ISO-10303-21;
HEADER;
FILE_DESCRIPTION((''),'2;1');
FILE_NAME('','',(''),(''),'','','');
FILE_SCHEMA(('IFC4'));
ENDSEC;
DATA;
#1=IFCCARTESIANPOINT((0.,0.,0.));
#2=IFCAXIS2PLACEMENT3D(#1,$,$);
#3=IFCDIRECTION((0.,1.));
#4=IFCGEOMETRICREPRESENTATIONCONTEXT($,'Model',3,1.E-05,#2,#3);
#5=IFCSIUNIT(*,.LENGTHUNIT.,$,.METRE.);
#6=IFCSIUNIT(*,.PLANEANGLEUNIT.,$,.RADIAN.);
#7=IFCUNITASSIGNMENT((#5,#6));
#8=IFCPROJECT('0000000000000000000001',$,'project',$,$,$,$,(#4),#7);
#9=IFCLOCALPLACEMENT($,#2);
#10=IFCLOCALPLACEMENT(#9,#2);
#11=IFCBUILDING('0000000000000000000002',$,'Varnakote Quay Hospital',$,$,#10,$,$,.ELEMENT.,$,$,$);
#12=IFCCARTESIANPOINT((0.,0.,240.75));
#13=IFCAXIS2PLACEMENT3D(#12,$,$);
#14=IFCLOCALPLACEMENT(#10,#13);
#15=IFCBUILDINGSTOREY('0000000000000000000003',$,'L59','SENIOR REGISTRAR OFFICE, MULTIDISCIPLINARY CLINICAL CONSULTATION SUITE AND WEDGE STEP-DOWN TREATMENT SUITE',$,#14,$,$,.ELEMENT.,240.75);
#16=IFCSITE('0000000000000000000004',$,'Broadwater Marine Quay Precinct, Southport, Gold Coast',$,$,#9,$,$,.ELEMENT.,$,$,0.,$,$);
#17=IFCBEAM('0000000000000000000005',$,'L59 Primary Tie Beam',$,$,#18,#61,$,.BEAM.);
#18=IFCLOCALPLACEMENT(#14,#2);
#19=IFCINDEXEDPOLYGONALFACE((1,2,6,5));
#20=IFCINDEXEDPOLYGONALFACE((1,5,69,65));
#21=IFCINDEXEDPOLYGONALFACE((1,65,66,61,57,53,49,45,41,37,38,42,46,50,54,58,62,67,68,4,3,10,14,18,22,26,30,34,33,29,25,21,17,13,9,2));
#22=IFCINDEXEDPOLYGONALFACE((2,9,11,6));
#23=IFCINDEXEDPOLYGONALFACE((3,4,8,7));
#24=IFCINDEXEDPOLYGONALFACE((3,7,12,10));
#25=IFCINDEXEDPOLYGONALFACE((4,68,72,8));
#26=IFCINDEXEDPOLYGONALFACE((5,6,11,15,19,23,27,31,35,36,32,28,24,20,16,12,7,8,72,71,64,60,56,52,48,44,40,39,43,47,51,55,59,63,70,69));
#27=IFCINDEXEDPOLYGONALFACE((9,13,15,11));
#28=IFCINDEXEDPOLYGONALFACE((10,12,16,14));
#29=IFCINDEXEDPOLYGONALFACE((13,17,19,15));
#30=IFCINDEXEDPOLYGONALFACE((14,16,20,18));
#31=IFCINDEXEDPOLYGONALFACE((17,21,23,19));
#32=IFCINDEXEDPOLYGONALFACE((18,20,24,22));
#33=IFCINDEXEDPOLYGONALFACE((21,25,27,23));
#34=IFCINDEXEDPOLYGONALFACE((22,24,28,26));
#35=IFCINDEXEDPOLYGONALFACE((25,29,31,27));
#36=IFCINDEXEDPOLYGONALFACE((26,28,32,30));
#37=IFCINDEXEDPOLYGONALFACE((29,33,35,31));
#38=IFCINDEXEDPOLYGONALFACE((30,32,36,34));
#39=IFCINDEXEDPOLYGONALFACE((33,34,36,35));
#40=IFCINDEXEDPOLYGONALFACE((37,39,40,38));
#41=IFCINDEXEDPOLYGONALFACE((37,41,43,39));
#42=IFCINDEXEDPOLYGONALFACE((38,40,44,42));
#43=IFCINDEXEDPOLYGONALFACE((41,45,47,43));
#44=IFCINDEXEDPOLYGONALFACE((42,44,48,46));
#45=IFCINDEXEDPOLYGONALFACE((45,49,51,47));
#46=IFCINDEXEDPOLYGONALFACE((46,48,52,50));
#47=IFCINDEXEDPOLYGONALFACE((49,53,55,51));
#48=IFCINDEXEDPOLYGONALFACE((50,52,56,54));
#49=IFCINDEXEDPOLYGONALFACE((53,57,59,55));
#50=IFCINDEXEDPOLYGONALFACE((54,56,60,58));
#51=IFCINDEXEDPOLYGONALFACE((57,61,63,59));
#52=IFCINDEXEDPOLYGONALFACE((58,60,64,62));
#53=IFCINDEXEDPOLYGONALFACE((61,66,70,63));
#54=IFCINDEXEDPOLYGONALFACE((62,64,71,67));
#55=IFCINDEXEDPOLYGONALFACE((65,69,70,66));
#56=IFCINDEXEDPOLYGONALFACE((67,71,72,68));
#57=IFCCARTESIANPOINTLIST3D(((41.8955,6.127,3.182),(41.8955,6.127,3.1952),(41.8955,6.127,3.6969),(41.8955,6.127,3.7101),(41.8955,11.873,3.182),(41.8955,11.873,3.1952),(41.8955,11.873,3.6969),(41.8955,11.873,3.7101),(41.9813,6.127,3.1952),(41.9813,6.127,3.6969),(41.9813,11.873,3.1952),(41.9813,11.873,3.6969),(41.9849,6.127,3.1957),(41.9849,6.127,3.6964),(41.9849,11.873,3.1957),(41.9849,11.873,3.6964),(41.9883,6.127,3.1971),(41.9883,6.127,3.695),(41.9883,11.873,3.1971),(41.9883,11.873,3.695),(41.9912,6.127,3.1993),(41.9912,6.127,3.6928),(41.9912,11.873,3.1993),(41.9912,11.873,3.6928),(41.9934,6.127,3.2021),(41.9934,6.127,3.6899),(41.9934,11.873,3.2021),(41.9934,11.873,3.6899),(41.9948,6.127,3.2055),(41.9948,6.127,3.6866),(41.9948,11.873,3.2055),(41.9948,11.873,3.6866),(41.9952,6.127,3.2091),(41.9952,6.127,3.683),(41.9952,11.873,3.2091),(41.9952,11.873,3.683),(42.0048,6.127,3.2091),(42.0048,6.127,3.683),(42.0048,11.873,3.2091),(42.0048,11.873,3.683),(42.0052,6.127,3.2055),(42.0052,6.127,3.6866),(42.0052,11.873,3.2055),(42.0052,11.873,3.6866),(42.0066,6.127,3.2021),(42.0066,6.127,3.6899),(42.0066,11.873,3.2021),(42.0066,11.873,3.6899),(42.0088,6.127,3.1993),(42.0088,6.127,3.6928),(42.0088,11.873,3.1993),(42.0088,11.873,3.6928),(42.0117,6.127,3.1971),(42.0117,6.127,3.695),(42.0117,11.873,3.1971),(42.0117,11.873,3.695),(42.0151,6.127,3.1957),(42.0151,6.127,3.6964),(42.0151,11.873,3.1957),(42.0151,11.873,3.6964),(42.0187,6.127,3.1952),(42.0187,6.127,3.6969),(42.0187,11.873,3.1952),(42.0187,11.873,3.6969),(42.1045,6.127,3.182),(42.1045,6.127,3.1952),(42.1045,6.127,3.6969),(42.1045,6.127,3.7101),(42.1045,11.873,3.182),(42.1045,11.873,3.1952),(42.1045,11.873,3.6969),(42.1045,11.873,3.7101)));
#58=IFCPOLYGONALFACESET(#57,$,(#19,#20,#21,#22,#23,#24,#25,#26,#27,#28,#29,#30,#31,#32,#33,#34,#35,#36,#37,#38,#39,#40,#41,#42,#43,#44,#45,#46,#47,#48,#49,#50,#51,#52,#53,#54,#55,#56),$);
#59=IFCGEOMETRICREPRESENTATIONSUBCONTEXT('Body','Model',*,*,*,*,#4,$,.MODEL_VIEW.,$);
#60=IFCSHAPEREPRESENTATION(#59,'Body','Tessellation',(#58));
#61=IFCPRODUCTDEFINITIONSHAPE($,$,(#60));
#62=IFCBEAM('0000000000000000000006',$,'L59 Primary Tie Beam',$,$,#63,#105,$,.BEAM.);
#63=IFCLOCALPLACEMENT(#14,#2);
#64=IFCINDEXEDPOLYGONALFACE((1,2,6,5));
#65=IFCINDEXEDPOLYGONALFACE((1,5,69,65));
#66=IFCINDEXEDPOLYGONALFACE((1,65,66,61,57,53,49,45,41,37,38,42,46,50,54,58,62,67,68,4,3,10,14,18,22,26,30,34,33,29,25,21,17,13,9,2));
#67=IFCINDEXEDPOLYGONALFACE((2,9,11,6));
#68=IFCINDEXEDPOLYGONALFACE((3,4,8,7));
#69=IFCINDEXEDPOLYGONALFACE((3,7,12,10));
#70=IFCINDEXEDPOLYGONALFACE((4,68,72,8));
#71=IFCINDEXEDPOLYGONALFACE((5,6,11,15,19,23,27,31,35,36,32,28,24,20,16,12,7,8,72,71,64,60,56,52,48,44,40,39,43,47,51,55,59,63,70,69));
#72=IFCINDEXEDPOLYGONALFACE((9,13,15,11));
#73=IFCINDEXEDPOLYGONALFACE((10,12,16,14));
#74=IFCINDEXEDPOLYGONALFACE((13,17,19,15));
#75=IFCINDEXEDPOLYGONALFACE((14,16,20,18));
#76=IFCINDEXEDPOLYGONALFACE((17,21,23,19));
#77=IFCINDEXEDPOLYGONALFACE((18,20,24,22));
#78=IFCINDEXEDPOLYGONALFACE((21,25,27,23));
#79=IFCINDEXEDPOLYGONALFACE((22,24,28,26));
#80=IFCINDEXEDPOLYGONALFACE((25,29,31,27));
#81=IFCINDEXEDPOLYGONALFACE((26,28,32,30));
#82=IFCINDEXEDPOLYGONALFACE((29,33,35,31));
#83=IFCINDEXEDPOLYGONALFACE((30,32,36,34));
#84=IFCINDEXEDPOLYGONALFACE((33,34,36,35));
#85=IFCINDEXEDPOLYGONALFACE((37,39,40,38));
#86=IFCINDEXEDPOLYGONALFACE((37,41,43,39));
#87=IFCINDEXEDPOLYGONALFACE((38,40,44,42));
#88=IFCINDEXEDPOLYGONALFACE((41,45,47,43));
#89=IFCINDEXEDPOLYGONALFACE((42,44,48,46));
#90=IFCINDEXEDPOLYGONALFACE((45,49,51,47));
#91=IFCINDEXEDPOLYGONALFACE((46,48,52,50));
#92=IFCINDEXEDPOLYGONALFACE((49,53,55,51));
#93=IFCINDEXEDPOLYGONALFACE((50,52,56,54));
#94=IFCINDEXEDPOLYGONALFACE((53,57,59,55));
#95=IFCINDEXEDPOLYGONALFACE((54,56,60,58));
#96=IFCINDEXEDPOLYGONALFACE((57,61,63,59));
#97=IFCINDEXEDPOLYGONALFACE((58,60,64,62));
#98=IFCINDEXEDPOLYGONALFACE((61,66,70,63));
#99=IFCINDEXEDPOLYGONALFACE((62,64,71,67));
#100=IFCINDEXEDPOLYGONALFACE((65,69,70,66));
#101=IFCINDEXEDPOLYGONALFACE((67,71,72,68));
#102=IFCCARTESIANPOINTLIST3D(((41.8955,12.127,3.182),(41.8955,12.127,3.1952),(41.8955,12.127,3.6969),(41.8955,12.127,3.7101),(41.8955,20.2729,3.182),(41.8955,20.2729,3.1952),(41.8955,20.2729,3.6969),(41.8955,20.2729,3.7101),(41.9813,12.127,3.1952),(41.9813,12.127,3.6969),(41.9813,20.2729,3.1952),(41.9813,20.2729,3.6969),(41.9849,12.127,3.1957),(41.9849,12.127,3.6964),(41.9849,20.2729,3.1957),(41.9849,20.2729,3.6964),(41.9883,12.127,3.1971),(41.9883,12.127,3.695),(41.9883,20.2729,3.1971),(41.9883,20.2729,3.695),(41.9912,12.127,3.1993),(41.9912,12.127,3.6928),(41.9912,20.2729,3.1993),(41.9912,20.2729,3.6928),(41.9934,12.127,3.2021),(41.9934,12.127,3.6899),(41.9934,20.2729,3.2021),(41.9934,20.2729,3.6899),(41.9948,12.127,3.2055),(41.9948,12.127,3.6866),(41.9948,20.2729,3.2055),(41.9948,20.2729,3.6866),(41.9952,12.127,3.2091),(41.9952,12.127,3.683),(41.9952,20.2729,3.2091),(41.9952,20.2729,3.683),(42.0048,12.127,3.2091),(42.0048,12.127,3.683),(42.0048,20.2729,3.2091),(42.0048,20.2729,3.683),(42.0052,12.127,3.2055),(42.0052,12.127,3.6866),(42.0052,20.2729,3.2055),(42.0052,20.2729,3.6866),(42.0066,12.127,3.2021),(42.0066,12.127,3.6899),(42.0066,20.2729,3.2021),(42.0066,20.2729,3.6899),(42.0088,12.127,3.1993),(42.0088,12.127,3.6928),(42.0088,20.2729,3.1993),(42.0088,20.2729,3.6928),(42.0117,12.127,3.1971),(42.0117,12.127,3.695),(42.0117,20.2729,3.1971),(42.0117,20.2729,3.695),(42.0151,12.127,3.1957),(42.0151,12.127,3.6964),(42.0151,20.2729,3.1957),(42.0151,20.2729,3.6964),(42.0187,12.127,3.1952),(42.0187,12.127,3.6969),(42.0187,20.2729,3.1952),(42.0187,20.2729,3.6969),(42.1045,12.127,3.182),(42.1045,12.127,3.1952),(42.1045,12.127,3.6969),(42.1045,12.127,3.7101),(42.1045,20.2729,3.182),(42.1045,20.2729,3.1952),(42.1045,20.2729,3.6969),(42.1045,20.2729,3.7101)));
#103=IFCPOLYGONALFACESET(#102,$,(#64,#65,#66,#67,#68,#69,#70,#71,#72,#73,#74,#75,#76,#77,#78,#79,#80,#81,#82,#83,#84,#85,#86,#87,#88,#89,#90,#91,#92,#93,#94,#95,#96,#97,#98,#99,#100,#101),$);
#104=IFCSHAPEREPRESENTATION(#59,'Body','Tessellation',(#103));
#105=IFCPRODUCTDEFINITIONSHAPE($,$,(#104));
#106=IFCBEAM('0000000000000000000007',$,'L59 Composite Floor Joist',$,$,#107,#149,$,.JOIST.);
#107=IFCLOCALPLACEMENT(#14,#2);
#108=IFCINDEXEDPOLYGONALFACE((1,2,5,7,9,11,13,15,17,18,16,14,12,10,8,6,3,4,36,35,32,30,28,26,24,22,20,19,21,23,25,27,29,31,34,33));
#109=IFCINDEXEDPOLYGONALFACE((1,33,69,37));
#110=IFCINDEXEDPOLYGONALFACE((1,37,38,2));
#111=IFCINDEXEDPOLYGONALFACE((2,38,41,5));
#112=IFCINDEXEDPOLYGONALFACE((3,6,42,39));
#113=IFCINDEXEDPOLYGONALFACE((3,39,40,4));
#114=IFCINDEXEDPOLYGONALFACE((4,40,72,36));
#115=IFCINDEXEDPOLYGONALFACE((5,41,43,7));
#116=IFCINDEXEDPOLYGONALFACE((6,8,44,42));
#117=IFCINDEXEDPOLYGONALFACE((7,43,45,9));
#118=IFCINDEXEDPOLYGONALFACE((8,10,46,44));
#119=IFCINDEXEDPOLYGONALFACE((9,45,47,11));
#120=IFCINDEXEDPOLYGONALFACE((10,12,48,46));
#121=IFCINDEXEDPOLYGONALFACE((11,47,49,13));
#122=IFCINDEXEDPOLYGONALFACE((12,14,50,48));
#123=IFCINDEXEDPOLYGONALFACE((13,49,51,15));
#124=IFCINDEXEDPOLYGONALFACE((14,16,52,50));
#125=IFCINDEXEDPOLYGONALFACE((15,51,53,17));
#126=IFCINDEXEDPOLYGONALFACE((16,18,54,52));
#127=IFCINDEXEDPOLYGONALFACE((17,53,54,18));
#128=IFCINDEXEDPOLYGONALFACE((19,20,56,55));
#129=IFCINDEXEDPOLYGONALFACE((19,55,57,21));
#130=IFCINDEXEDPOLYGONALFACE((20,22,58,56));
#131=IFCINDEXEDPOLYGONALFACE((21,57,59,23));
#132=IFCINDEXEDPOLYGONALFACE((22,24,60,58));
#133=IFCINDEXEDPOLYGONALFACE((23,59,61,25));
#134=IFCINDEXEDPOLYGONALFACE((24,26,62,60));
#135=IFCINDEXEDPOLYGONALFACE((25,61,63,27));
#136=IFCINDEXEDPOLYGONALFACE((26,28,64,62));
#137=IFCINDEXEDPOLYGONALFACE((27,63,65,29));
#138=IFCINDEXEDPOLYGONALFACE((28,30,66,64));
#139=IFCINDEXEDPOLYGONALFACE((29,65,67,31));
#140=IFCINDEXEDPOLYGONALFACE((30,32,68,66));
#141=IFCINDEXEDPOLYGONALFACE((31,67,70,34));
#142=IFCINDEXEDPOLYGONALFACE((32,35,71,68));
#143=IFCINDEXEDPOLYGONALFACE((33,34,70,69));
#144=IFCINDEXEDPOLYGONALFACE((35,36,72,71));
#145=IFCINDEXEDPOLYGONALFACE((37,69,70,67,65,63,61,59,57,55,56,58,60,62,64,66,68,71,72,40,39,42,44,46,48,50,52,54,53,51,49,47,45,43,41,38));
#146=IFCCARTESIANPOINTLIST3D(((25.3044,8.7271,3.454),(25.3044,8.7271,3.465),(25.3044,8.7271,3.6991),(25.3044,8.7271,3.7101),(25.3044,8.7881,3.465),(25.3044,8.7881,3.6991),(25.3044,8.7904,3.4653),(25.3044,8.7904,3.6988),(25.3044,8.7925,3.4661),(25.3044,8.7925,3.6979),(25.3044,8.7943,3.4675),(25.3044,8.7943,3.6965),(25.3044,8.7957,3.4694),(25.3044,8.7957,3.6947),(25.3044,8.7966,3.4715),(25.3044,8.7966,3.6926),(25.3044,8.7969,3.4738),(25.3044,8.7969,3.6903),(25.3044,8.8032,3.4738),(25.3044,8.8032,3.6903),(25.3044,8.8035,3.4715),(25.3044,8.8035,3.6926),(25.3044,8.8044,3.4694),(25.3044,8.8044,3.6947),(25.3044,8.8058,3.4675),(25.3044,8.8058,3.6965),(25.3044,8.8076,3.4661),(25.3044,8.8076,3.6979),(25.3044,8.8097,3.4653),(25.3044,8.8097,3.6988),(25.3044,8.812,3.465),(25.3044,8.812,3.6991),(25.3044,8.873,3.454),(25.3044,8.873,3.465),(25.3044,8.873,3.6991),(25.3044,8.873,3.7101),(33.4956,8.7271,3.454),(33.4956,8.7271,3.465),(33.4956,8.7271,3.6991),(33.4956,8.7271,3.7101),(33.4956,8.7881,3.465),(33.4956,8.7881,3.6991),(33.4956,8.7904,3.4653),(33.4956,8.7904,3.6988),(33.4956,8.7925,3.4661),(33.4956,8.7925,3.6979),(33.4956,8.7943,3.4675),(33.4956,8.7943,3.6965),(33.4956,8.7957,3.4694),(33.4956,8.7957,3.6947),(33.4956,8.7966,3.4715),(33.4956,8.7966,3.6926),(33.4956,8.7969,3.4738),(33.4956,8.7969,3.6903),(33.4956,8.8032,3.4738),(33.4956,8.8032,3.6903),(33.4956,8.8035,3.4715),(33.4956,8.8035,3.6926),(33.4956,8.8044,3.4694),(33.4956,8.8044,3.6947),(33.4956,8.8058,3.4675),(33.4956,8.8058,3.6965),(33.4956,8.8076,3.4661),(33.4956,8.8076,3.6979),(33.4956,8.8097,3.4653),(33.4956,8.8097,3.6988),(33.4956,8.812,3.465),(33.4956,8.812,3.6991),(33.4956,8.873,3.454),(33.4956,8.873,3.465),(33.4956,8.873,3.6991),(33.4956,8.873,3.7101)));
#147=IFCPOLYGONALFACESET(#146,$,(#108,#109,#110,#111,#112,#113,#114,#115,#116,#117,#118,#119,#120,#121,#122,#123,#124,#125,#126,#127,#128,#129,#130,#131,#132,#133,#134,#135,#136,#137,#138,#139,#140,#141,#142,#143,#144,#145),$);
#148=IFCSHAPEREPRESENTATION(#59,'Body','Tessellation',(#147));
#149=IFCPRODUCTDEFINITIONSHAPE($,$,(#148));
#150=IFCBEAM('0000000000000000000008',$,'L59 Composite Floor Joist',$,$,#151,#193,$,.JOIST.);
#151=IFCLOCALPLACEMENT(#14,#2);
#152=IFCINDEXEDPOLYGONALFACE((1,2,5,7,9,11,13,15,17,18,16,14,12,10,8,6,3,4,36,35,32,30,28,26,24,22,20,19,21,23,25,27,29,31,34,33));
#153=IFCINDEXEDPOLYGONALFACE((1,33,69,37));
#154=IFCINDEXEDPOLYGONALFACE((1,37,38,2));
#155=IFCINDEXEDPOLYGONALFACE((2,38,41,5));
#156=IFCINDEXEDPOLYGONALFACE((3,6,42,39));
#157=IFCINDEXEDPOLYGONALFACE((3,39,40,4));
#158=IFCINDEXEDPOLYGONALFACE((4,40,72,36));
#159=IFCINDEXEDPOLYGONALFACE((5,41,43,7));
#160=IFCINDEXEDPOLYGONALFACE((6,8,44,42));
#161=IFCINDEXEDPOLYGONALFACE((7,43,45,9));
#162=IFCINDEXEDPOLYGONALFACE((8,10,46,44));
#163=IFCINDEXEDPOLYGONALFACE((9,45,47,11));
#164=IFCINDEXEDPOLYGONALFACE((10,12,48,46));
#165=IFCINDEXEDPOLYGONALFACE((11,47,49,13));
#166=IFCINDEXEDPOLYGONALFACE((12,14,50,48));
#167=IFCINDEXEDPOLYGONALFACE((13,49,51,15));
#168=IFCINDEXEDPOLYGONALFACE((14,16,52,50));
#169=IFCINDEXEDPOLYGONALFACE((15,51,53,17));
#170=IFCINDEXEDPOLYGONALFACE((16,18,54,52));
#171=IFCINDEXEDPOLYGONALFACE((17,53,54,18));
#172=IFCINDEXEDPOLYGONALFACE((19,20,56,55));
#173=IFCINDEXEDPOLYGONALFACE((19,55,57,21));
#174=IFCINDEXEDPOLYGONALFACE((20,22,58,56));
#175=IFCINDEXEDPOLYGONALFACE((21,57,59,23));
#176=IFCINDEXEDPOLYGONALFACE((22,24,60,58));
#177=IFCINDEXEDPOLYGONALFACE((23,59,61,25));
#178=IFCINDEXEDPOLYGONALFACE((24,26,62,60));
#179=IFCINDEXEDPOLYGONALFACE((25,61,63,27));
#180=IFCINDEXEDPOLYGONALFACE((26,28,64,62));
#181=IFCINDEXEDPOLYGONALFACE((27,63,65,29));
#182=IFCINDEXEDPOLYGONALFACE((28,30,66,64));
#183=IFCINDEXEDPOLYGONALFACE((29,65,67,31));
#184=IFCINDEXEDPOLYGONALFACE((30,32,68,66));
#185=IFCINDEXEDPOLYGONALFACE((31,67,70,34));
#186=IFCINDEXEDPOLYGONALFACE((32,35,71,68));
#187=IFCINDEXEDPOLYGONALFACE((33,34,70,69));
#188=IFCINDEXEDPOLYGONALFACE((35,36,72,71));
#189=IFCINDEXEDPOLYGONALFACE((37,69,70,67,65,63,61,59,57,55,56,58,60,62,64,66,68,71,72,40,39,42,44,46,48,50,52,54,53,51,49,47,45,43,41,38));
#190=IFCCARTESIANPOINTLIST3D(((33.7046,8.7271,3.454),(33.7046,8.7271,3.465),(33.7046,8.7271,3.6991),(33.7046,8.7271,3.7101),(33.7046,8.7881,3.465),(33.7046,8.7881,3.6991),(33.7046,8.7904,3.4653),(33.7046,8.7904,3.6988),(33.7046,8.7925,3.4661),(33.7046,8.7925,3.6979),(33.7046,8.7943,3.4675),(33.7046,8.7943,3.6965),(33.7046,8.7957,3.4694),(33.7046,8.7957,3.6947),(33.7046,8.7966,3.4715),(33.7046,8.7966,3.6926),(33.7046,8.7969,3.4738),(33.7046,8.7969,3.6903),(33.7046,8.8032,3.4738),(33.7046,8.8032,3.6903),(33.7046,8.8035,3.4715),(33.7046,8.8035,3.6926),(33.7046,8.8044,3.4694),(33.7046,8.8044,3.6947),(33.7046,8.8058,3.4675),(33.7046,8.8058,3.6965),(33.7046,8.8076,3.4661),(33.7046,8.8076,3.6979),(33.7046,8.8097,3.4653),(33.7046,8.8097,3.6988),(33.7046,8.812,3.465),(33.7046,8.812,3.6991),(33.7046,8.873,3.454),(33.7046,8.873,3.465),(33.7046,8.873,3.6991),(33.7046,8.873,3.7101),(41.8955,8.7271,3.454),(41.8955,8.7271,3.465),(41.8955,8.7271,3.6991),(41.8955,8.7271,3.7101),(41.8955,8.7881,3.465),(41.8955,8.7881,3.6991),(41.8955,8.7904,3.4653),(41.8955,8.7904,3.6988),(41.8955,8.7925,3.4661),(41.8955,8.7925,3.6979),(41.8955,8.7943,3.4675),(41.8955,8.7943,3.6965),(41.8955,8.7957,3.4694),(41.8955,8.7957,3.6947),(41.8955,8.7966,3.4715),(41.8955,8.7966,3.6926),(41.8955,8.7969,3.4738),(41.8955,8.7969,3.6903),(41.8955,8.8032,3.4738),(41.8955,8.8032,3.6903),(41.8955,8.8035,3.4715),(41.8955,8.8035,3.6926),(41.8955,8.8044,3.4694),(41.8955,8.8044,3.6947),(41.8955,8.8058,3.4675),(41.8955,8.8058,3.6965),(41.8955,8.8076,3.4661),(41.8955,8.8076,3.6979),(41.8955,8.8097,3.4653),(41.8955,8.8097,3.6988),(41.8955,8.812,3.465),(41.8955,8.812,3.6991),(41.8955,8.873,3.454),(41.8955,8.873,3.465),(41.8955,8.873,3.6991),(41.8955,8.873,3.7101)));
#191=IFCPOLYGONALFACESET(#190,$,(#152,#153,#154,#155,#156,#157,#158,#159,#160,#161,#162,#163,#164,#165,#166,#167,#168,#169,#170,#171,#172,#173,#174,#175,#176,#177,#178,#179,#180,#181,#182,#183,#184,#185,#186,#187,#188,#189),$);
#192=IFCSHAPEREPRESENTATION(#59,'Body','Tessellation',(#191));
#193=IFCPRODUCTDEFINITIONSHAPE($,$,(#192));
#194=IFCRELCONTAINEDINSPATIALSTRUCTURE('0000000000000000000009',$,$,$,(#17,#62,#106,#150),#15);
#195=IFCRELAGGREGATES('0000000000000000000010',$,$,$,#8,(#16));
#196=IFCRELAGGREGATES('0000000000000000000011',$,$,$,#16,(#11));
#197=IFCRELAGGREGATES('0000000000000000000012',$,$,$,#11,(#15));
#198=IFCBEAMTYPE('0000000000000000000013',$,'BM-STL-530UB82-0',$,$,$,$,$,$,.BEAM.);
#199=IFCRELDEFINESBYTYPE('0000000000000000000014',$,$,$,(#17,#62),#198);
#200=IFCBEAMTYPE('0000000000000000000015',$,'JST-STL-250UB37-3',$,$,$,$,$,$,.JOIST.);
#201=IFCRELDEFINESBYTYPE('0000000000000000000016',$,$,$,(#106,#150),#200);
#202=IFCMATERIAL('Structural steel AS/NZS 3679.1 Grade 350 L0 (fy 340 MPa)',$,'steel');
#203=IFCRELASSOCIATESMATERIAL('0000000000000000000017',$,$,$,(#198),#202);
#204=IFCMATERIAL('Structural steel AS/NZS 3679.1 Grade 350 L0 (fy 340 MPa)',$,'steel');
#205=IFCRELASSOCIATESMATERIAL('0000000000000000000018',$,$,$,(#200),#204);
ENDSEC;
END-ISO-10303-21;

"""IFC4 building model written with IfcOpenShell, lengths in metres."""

from ifc_helpers import new_model, si_unit, direction, frame, origin, origin_2d, place, context, subcontext, project, spatial, i_section, extrude, material, material_profile, profile_set, type_object, element, save


model = new_model("IFC4")

# Units and contexts
model_context = context("Model", 3, precision=1e-05, world=origin(), true_north=direction((0.0, 1.0)))
body_context = subcontext(model_context, "Body", "Model", "MODEL_VIEW")
ifc_project = project(units=[si_unit("LENGTHUNIT", "METRE"), si_unit("PLANEANGLEUNIT", "RADIAN")], contexts=[model_context])

# Site, building, storey
site_placement = place(None, origin())
site = spatial("IfcSite", under=ifc_project, at=site_placement, Name="Broadwater Marine Quay Precinct, Southport, Gold Coast", CompositionType="ELEMENT", RefElevation=0.0)
building_placement = place(site_placement, origin())
building = spatial("IfcBuilding", under=site, at=building_placement, Name="Varnakote Quay Hospital", CompositionType="ELEMENT")
storey_placement = place(building_placement, frame((0.0, 0.0, 240.75)))
storey = spatial("IfcBuildingStorey", under=building, at=storey_placement, Name="L59", Description="SENIOR REGISTRAR OFFICE, MULTIDISCIPLINARY CLINICAL CONSULTATION SUITE AND WEDGE STEP-DOWN TREATMENT SUITE", CompositionType="ELEMENT", Elevation=240.75)

# Beams
ifc_material_1 = material(Name="Structural steel AS/NZS 3679.1 Grade 350 L0 (fy 340 MPa)", Category="steel")
ifc_material_profile_1 = material_profile(ifc_material_1, i_section(OverallWidth=0.209, OverallDepth=0.5281, WebThickness=0.0095, FlangeThickness=0.0132, FilletRadius=0.0139, at=origin_2d()), Name="530UB82.0")
ifc_profile_set_1 = profile_set([ifc_material_profile_1], Name="Structural steel AS/NZS 3679.1 Grade 350 L0 (fy 340 MPa)")
beam_type_1 = type_object("IfcBeamType", Name="BM-STL-530UB82-0", PredefinedType="BEAM", material=ifc_profile_set_1)
beam_1_placement = place(storey_placement, frame((42.0, 6.127, 3.446), z_axis=(0.0, 1.0, 0.0), x_axis=(-1.0, 0.0, 0.0)))
element("IfcBeam", 1, at=beam_1_placement, inside=storey, type_object=beam_type_1, Name="L59 Primary Tie Beam", PredefinedType="BEAM", context=body_context, shape_type="SweptSolid", body=[
    extrude(i_section(OverallWidth=0.209, OverallDepth=0.5281, WebThickness=0.0095, FlangeThickness=0.0132, FilletRadius=0.0139, at=origin_2d()), origin(), (0.0, 0.0, 1.0), 5.7461),
])
beam_2_placement = place(storey_placement, frame((42.0, 12.127, 3.446), z_axis=(0.0, 1.0, 0.0), x_axis=(-1.0, 0.0, 0.0)))
element("IfcBeam", 2, at=beam_2_placement, inside=storey, type_object=beam_type_1, Name="L59 Primary Tie Beam", PredefinedType="BEAM", context=body_context, shape_type="SweptSolid", body=[
    extrude(i_section(OverallWidth=0.209, OverallDepth=0.5281, WebThickness=0.0095, FlangeThickness=0.0132, FilletRadius=0.0139, at=origin_2d()), origin(), (0.0, 0.0, 1.0), 8.146),
])
ifc_material_2 = material(Name="Structural steel AS/NZS 3679.1 Grade 350 L0 (fy 340 MPa)", Category="steel")
ifc_material_profile_2 = material_profile(ifc_material_2, i_section(OverallWidth=0.146, OverallDepth=0.2561, WebThickness=0.0063, FlangeThickness=0.011, FilletRadius=0.0088, at=origin_2d()), Name="250UB37.3")
ifc_profile_set_2 = profile_set([ifc_material_profile_2], Name="Structural steel AS/NZS 3679.1 Grade 350 L0 (fy 340 MPa)")
beam_type_2 = type_object("IfcBeamType", Name="JST-STL-250UB37-3", PredefinedType="JOIST", material=ifc_profile_set_2)
beam_3_placement = place(storey_placement, frame((25.3044, 8.8, 3.582), z_axis=(1.0, 0.0, 0.0), x_axis=(0.0, 1.0, 0.0)))
element("IfcBeam", 3, at=beam_3_placement, inside=storey, type_object=beam_type_2, Name="L59 Composite Floor Joist", PredefinedType="JOIST", context=body_context, shape_type="SweptSolid", body=[
    extrude(i_section(OverallWidth=0.146, OverallDepth=0.2561, WebThickness=0.0063, FlangeThickness=0.011, FilletRadius=0.0088, at=origin_2d()), origin(), (0.0, 0.0, 1.0), 8.1912),
])
beam_4_placement = place(storey_placement, frame((33.7046, 8.8, 3.582), z_axis=(1.0, 0.0, 0.0), x_axis=(0.0, 1.0, 0.0)))
element("IfcBeam", 4, at=beam_4_placement, inside=storey, type_object=beam_type_2, Name="L59 Composite Floor Joist", PredefinedType="JOIST", context=body_context, shape_type="SweptSolid", body=[
    extrude(i_section(OverallWidth=0.146, OverallDepth=0.2561, WebThickness=0.0063, FlangeThickness=0.011, FilletRadius=0.0088, at=origin_2d()), origin(), (0.0, 0.0, 1.0), 8.1909),
])

save(model, "model.ifc")
